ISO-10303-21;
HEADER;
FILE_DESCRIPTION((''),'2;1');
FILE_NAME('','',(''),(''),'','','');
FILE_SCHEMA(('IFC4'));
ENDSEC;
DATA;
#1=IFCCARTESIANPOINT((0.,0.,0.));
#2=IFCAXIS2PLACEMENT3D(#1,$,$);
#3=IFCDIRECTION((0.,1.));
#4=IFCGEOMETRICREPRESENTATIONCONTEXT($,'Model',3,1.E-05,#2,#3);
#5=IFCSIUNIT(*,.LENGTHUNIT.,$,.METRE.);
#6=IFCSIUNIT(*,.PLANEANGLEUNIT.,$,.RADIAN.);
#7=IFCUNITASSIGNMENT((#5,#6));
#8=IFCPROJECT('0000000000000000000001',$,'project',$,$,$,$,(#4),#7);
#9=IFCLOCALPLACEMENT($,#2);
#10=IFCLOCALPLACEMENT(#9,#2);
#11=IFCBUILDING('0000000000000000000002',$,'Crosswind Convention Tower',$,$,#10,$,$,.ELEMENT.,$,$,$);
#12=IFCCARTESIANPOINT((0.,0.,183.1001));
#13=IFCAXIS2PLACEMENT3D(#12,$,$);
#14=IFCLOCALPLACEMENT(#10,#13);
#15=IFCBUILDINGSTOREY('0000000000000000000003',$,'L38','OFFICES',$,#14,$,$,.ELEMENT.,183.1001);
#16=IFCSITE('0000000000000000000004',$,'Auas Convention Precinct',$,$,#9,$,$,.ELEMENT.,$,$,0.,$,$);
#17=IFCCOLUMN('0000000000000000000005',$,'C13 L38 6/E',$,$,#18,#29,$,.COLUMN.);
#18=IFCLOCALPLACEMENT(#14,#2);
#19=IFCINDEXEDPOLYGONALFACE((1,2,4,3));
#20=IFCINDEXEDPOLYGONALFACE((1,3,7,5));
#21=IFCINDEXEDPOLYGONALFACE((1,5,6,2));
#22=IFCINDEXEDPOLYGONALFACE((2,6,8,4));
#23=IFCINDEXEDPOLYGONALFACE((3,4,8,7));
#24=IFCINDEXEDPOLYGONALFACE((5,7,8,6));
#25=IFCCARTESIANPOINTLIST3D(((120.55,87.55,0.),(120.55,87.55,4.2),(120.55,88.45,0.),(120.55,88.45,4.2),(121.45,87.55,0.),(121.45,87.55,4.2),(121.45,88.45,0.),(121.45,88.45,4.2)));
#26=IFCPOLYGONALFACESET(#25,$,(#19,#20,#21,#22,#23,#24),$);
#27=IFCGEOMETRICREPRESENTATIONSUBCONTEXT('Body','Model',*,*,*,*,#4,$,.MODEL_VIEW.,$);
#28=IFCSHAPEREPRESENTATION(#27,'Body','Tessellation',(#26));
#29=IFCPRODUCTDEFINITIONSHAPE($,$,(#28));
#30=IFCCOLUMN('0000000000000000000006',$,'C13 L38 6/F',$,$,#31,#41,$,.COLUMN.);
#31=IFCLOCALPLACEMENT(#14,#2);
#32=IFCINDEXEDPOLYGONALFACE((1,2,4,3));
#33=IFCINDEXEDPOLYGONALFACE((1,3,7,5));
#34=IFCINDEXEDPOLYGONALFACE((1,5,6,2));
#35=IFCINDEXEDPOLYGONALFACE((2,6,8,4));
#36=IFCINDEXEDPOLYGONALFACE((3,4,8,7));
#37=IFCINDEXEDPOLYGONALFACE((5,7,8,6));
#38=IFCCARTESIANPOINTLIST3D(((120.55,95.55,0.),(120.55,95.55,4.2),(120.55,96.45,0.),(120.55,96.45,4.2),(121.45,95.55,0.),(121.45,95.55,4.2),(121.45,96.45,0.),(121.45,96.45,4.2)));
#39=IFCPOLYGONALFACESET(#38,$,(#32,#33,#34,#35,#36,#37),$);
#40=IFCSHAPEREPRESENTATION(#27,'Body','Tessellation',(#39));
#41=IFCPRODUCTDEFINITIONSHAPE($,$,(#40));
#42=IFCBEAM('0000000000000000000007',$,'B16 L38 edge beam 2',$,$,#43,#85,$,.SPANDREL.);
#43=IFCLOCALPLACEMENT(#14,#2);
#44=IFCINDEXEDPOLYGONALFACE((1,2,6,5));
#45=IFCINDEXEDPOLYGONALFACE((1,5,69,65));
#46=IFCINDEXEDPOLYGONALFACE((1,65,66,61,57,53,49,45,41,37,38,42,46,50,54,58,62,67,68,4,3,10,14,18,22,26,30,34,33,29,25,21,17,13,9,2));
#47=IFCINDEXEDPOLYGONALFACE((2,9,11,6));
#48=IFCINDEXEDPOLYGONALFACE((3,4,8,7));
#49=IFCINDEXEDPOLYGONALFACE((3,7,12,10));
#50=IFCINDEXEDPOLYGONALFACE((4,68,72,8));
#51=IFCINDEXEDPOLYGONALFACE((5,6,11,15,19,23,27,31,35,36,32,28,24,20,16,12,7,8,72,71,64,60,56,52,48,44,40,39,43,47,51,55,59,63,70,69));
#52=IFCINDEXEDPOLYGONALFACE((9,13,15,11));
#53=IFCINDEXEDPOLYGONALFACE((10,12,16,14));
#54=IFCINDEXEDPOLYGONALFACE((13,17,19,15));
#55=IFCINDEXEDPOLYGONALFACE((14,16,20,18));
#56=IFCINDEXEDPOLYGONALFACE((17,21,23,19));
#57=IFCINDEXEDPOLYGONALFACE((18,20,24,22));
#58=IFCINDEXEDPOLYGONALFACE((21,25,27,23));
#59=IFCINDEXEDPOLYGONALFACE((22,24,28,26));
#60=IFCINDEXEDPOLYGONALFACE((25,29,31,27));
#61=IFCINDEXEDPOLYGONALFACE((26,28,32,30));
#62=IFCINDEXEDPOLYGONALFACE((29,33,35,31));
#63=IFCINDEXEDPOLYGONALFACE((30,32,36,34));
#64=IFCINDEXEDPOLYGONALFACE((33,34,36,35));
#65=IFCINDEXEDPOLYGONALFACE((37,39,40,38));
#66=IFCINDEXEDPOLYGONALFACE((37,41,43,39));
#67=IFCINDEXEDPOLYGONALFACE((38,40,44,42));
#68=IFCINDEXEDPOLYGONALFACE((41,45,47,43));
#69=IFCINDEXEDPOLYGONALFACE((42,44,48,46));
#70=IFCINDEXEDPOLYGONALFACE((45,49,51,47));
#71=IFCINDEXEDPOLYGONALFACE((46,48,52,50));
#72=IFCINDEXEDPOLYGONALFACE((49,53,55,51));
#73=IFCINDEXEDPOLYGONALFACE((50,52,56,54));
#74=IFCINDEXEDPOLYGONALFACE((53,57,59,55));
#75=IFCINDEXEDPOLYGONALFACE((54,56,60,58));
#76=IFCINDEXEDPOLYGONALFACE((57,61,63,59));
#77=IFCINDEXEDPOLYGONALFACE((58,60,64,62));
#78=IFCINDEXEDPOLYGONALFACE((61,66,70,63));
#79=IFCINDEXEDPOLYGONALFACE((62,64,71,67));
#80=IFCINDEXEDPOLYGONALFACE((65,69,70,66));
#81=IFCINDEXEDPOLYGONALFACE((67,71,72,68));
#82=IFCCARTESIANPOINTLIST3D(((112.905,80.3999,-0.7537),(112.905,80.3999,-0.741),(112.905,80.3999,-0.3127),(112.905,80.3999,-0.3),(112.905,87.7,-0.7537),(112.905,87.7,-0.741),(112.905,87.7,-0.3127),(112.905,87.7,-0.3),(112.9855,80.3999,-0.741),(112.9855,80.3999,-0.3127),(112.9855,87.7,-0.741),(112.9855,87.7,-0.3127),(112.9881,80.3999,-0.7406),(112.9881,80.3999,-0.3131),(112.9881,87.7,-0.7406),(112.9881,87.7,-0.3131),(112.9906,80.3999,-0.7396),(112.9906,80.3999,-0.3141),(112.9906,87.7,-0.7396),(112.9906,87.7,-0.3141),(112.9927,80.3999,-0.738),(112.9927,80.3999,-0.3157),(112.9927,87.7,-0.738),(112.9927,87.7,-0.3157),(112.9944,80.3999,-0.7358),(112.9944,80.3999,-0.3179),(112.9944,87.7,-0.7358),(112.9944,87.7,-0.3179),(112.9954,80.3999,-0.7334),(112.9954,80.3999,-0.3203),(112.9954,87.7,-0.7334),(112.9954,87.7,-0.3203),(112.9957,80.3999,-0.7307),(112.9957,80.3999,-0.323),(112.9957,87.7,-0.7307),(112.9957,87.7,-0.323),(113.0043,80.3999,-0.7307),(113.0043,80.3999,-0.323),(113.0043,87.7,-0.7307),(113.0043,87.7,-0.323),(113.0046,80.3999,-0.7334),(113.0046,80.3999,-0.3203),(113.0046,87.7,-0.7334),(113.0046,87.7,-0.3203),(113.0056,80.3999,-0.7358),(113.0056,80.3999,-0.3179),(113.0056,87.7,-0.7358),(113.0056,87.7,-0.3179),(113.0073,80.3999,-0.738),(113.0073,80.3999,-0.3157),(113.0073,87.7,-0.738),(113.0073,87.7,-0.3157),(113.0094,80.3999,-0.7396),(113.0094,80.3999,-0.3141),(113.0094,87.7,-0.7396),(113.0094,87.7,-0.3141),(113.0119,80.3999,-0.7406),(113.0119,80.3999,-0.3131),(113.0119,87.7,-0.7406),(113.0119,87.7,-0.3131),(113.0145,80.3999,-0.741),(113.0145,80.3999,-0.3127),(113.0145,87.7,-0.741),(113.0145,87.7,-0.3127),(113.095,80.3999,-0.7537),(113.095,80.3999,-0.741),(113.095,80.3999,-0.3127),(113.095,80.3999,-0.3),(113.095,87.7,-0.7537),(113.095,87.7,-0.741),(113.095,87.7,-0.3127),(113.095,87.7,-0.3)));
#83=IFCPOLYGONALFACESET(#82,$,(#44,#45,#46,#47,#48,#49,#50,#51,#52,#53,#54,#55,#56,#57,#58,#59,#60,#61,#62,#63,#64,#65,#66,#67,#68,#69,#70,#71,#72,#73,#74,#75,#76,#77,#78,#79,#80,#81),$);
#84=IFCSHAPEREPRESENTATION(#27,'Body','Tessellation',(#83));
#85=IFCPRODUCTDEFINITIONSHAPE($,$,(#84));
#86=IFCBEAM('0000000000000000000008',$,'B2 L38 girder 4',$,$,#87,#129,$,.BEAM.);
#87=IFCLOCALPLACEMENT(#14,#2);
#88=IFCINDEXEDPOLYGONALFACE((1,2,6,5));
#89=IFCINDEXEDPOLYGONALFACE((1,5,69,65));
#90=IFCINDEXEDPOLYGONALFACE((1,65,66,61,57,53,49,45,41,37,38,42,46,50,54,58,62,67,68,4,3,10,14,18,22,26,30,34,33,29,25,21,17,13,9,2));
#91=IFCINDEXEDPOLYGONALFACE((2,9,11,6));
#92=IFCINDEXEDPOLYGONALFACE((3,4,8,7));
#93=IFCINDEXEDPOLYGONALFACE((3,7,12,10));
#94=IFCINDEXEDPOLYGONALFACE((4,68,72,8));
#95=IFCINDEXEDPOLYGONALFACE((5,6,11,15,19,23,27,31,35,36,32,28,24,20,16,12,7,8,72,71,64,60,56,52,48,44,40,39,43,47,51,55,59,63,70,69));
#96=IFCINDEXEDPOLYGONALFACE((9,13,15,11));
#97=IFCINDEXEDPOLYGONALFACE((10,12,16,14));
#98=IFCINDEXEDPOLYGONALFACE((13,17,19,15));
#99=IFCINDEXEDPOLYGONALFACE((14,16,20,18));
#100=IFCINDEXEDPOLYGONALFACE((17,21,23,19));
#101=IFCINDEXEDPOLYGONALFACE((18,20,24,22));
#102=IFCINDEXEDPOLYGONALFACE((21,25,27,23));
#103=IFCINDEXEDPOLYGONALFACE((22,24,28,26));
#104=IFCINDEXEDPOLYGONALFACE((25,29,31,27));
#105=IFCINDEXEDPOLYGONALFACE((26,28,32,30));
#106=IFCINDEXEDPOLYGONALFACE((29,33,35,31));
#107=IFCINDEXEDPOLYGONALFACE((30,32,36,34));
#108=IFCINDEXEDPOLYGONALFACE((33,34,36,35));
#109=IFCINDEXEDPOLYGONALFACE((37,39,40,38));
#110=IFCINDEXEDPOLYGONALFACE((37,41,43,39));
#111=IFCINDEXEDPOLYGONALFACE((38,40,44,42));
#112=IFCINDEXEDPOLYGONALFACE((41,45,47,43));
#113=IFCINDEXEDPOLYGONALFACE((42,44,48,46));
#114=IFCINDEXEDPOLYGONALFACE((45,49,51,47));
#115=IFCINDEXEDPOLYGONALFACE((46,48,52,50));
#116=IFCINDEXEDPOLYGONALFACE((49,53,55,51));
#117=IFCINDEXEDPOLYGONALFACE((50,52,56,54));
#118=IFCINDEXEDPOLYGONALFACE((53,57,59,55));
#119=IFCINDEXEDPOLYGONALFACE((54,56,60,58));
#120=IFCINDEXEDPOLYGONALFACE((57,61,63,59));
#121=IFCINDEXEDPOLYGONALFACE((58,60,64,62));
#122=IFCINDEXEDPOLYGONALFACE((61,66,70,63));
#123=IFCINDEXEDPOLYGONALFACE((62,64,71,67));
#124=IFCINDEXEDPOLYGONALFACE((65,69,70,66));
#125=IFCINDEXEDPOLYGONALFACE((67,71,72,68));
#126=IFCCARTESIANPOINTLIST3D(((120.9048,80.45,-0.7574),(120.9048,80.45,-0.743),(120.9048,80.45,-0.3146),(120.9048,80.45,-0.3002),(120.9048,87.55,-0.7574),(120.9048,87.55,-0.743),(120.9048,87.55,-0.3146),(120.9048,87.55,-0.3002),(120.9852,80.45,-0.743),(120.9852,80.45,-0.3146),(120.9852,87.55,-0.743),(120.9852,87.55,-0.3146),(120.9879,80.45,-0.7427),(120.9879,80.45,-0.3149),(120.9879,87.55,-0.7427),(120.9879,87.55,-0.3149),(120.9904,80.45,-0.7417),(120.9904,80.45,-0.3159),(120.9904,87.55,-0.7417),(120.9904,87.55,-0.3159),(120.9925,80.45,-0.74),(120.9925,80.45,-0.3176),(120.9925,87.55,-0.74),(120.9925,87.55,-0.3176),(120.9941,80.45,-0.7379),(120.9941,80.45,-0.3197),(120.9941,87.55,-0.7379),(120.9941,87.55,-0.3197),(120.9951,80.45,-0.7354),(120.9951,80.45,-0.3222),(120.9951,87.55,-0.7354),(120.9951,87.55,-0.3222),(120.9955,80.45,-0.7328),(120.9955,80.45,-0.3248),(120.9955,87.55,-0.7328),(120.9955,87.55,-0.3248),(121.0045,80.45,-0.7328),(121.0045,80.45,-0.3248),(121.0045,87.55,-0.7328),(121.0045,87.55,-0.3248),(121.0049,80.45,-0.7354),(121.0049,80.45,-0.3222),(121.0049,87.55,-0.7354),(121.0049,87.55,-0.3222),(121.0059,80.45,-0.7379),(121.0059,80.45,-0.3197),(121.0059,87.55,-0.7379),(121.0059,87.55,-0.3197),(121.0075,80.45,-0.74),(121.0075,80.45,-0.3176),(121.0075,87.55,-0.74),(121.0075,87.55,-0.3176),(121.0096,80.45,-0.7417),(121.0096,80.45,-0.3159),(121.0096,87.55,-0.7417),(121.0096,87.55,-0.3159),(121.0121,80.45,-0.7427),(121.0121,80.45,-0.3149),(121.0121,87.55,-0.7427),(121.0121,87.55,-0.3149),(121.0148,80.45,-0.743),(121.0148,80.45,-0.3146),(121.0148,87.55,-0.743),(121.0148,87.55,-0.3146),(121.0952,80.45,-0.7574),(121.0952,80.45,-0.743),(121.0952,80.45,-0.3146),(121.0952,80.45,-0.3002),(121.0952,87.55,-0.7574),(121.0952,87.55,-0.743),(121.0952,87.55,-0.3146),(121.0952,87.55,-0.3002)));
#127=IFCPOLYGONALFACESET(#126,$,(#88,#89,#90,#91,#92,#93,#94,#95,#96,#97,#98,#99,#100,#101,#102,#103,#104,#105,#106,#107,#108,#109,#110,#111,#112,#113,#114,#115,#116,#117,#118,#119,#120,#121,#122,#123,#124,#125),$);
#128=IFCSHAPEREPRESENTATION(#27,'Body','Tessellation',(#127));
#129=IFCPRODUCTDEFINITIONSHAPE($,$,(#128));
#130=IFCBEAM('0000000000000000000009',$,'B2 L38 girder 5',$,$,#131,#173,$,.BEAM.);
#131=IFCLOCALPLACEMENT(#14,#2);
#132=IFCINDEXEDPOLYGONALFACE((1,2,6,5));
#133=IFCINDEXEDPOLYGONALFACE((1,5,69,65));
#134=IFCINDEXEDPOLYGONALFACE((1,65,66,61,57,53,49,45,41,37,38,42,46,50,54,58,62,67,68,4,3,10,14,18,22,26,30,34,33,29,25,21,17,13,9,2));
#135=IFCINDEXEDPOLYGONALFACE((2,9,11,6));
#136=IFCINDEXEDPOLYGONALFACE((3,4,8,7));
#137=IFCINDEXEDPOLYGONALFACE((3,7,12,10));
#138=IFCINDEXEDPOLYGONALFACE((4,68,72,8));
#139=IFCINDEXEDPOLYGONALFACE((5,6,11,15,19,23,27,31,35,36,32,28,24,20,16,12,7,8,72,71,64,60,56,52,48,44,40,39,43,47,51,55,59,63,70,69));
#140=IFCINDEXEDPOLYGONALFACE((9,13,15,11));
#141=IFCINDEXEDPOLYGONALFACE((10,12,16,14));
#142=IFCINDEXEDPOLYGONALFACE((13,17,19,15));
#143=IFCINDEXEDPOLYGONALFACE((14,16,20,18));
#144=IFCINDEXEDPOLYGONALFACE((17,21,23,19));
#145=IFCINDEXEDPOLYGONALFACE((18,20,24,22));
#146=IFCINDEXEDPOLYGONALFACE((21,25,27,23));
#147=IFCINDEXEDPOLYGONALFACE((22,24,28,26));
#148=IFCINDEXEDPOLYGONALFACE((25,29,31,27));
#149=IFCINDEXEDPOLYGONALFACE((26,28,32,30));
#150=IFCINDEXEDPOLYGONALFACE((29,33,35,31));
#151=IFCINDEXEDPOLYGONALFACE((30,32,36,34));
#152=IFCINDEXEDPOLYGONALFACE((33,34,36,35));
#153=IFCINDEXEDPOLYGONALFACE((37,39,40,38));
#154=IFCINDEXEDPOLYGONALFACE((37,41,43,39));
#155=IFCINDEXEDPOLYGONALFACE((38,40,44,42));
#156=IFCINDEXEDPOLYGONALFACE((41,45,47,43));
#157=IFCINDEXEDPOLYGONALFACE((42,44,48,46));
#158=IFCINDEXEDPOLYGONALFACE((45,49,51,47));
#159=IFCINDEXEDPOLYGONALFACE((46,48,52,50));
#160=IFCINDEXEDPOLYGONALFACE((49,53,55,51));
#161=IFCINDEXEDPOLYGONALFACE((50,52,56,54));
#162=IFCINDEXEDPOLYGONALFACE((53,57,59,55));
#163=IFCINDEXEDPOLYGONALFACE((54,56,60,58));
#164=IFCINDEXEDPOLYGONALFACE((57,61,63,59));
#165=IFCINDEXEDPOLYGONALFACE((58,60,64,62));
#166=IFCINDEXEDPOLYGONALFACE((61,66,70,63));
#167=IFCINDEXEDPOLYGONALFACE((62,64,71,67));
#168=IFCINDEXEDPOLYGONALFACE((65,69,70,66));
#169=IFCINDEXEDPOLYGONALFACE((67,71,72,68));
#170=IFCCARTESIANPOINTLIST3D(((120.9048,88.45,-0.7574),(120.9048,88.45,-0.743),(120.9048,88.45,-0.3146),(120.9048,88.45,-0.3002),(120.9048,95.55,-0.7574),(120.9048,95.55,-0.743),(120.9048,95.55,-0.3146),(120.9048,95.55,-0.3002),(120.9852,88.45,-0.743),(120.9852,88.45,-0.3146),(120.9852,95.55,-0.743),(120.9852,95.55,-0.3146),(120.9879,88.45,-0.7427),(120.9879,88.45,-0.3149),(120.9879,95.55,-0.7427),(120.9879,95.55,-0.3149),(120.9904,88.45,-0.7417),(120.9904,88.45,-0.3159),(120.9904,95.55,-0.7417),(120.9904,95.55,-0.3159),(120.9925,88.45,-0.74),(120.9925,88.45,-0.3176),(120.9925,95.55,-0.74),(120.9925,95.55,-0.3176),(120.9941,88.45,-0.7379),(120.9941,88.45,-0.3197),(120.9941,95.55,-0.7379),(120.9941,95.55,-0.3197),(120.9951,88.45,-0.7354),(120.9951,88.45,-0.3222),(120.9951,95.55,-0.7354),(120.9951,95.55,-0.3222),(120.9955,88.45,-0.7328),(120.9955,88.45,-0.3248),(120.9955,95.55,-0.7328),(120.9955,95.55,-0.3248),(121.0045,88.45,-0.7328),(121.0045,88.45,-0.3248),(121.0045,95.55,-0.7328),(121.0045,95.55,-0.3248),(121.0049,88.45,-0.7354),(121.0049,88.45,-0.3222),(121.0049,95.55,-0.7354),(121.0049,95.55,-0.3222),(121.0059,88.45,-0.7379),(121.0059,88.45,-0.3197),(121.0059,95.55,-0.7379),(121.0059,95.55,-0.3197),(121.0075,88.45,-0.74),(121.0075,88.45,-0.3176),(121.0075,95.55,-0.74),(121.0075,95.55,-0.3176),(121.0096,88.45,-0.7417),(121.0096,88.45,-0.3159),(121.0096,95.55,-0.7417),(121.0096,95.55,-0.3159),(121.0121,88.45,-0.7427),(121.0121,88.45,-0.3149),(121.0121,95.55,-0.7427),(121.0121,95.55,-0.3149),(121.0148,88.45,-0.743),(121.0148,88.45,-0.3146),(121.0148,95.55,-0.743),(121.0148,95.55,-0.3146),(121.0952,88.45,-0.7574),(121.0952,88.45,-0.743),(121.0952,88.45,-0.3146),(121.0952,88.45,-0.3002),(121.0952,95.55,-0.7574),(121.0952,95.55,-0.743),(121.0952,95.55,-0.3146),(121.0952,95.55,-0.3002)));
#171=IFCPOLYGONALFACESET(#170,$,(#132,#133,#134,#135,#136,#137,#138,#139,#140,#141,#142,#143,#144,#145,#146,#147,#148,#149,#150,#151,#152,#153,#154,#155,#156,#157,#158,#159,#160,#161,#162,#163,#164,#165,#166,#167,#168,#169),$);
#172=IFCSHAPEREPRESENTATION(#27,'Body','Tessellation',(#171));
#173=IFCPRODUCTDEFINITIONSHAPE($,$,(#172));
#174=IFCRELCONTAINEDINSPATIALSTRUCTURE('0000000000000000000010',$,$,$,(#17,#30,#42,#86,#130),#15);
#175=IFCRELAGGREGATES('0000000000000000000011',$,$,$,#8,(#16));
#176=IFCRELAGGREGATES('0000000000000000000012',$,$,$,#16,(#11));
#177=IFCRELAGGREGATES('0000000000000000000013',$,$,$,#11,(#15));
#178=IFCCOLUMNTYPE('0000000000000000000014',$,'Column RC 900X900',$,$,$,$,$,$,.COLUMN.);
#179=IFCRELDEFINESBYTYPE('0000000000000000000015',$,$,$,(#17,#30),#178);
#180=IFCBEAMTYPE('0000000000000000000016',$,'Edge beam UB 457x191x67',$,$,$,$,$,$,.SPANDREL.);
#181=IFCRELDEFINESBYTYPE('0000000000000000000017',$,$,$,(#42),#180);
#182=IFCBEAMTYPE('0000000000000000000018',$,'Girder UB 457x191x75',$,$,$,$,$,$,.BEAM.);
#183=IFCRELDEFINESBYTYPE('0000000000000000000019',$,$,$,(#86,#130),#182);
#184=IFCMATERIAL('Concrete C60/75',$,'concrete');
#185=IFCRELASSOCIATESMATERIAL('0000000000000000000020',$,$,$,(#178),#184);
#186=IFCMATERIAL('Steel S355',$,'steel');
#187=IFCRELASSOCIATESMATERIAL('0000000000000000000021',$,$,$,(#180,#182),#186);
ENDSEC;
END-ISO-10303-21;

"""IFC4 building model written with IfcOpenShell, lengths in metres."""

from ifc_helpers import new_model, si_unit, direction, frame, origin, origin_2d, place, context, subcontext, project, spatial, rectangle, i_section, extrude, material, material_profile, profile_set, type_object, element, save


model = new_model("IFC4")

# Units and contexts
model_context = context("Model", 3, precision=1e-05, world=origin(), true_north=direction((0.0, 1.0)))
body_context = subcontext(model_context, "Body", "Model", "MODEL_VIEW")
ifc_project = project(units=[si_unit("LENGTHUNIT", "METRE"), si_unit("PLANEANGLEUNIT", "RADIAN")], contexts=[model_context])

# Site, building, storey
site_placement = place(None, origin())
site = spatial("IfcSite", under=ifc_project, at=site_placement, Name="Auas Convention Precinct", CompositionType="ELEMENT", RefElevation=0.0)
building_placement = place(site_placement, origin())
building = spatial("IfcBuilding", under=site, at=building_placement, Name="Crosswind Convention Tower", CompositionType="ELEMENT")
storey_placement = place(building_placement, frame((0.0, 0.0, 183.1001)))
storey = spatial("IfcBuildingStorey", under=building, at=storey_placement, Name="L38", Description="OFFICES", CompositionType="ELEMENT", Elevation=183.1001)

# Columns
ifc_material_1 = material(Name="Concrete C60/75", Category="concrete")
ifc_material_profile_1 = material_profile(ifc_material_1, rectangle(XDim=0.8999, YDim=0.8999, at=origin_2d()), Name="RC 900X900")
ifc_profile_set_1 = profile_set([ifc_material_profile_1], Name="Concrete C60/75")
column_type = type_object("IfcColumnType", Name="Column RC 900X900", PredefinedType="COLUMN", material=ifc_profile_set_1)
for number, where, z_axis, x_axis, name in (
    (1, (121.0, 88.0, 0.0), (0.0, 0.0, 1.0), (1.0, 0.0, 0.0), "C13 L38 6/E"),
    (2, (121.0, 96.0, 0.0), (0.0, 0.0, 1.0), (1.0, 0.0, 0.0), "C13 L38 6/F"),
):
    element("IfcColumn", number, at=place(storey_placement, frame(where, z_axis=z_axis, x_axis=x_axis)), inside=storey, type_object=column_type, Name=name, PredefinedType="COLUMN", context=body_context, shape_type="SweptSolid", body=[
        extrude(rectangle(XDim=0.8999, YDim=0.8999, at=origin_2d()), origin(), (0.0, 0.0, 1.0), 4.2),
    ])

# Beams
ifc_material_2 = material(Name="Steel S355", Category="steel")
ifc_material_profile_2 = material_profile(ifc_material_2, i_section(OverallWidth=0.1899, OverallDepth=0.4536, WebThickness=0.0085, FlangeThickness=0.0127, FilletRadius=0.0103, at=origin_2d()), Name="UB 457x191x67")
ifc_profile_set_2 = profile_set([ifc_material_profile_2], Name="Steel S355")
beam_type_1 = type_object("IfcBeamType", Name="Edge beam UB 457x191x67", PredefinedType="SPANDREL", material=ifc_profile_set_2)
beam_1_placement = place(storey_placement, frame((113.0, 80.3999, -0.5269), z_axis=(0.0, 1.0, 0.0), x_axis=(-1.0, 0.0, 0.0)))
element("IfcBeam", 3, at=beam_1_placement, inside=storey, type_object=beam_type_1, Name="B16 L38 edge beam 2", PredefinedType="SPANDREL", context=body_context, shape_type="SweptSolid", body=[
    extrude(i_section(OverallWidth=0.1899, OverallDepth=0.4536, WebThickness=0.0085, FlangeThickness=0.0127, FilletRadius=0.0103, at=origin_2d()), origin(), (0.0, 0.0, 1.0), 7.3),
])
ifc_material_profile_3 = material_profile(ifc_material_2, i_section(OverallWidth=0.1904, OverallDepth=0.4573, WebThickness=0.009, FlangeThickness=0.0144, FilletRadius=0.0103, at=origin_2d()), Name="UB 457x191x75")
ifc_profile_set_3 = profile_set([ifc_material_profile_3], Name="Steel S355")
beam_type_2 = type_object("IfcBeamType", Name="Girder UB 457x191x75", PredefinedType="BEAM", material=ifc_profile_set_3)
for number, where, z_axis, x_axis, name in (
    (4, (121.0, 80.45, -0.5288), (0.0, 1.0, 0.0), (-1.0, 0.0, 0.0), "B2 L38 girder 4"),
    (5, (121.0, 88.45, -0.5288), (0.0, 1.0, 0.0), (-1.0, 0.0, 0.0), "B2 L38 girder 5"),
):
    element("IfcBeam", number, at=place(storey_placement, frame(where, z_axis=z_axis, x_axis=x_axis)), inside=storey, type_object=beam_type_2, Name=name, PredefinedType="BEAM", context=body_context, shape_type="SweptSolid", body=[
        extrude(i_section(OverallWidth=0.1904, OverallDepth=0.4573, WebThickness=0.009, FlangeThickness=0.0144, FilletRadius=0.0103, at=origin_2d()), origin(), (0.0, 0.0, 1.0), 7.1001),
    ])

save(model, "model.ifc")
